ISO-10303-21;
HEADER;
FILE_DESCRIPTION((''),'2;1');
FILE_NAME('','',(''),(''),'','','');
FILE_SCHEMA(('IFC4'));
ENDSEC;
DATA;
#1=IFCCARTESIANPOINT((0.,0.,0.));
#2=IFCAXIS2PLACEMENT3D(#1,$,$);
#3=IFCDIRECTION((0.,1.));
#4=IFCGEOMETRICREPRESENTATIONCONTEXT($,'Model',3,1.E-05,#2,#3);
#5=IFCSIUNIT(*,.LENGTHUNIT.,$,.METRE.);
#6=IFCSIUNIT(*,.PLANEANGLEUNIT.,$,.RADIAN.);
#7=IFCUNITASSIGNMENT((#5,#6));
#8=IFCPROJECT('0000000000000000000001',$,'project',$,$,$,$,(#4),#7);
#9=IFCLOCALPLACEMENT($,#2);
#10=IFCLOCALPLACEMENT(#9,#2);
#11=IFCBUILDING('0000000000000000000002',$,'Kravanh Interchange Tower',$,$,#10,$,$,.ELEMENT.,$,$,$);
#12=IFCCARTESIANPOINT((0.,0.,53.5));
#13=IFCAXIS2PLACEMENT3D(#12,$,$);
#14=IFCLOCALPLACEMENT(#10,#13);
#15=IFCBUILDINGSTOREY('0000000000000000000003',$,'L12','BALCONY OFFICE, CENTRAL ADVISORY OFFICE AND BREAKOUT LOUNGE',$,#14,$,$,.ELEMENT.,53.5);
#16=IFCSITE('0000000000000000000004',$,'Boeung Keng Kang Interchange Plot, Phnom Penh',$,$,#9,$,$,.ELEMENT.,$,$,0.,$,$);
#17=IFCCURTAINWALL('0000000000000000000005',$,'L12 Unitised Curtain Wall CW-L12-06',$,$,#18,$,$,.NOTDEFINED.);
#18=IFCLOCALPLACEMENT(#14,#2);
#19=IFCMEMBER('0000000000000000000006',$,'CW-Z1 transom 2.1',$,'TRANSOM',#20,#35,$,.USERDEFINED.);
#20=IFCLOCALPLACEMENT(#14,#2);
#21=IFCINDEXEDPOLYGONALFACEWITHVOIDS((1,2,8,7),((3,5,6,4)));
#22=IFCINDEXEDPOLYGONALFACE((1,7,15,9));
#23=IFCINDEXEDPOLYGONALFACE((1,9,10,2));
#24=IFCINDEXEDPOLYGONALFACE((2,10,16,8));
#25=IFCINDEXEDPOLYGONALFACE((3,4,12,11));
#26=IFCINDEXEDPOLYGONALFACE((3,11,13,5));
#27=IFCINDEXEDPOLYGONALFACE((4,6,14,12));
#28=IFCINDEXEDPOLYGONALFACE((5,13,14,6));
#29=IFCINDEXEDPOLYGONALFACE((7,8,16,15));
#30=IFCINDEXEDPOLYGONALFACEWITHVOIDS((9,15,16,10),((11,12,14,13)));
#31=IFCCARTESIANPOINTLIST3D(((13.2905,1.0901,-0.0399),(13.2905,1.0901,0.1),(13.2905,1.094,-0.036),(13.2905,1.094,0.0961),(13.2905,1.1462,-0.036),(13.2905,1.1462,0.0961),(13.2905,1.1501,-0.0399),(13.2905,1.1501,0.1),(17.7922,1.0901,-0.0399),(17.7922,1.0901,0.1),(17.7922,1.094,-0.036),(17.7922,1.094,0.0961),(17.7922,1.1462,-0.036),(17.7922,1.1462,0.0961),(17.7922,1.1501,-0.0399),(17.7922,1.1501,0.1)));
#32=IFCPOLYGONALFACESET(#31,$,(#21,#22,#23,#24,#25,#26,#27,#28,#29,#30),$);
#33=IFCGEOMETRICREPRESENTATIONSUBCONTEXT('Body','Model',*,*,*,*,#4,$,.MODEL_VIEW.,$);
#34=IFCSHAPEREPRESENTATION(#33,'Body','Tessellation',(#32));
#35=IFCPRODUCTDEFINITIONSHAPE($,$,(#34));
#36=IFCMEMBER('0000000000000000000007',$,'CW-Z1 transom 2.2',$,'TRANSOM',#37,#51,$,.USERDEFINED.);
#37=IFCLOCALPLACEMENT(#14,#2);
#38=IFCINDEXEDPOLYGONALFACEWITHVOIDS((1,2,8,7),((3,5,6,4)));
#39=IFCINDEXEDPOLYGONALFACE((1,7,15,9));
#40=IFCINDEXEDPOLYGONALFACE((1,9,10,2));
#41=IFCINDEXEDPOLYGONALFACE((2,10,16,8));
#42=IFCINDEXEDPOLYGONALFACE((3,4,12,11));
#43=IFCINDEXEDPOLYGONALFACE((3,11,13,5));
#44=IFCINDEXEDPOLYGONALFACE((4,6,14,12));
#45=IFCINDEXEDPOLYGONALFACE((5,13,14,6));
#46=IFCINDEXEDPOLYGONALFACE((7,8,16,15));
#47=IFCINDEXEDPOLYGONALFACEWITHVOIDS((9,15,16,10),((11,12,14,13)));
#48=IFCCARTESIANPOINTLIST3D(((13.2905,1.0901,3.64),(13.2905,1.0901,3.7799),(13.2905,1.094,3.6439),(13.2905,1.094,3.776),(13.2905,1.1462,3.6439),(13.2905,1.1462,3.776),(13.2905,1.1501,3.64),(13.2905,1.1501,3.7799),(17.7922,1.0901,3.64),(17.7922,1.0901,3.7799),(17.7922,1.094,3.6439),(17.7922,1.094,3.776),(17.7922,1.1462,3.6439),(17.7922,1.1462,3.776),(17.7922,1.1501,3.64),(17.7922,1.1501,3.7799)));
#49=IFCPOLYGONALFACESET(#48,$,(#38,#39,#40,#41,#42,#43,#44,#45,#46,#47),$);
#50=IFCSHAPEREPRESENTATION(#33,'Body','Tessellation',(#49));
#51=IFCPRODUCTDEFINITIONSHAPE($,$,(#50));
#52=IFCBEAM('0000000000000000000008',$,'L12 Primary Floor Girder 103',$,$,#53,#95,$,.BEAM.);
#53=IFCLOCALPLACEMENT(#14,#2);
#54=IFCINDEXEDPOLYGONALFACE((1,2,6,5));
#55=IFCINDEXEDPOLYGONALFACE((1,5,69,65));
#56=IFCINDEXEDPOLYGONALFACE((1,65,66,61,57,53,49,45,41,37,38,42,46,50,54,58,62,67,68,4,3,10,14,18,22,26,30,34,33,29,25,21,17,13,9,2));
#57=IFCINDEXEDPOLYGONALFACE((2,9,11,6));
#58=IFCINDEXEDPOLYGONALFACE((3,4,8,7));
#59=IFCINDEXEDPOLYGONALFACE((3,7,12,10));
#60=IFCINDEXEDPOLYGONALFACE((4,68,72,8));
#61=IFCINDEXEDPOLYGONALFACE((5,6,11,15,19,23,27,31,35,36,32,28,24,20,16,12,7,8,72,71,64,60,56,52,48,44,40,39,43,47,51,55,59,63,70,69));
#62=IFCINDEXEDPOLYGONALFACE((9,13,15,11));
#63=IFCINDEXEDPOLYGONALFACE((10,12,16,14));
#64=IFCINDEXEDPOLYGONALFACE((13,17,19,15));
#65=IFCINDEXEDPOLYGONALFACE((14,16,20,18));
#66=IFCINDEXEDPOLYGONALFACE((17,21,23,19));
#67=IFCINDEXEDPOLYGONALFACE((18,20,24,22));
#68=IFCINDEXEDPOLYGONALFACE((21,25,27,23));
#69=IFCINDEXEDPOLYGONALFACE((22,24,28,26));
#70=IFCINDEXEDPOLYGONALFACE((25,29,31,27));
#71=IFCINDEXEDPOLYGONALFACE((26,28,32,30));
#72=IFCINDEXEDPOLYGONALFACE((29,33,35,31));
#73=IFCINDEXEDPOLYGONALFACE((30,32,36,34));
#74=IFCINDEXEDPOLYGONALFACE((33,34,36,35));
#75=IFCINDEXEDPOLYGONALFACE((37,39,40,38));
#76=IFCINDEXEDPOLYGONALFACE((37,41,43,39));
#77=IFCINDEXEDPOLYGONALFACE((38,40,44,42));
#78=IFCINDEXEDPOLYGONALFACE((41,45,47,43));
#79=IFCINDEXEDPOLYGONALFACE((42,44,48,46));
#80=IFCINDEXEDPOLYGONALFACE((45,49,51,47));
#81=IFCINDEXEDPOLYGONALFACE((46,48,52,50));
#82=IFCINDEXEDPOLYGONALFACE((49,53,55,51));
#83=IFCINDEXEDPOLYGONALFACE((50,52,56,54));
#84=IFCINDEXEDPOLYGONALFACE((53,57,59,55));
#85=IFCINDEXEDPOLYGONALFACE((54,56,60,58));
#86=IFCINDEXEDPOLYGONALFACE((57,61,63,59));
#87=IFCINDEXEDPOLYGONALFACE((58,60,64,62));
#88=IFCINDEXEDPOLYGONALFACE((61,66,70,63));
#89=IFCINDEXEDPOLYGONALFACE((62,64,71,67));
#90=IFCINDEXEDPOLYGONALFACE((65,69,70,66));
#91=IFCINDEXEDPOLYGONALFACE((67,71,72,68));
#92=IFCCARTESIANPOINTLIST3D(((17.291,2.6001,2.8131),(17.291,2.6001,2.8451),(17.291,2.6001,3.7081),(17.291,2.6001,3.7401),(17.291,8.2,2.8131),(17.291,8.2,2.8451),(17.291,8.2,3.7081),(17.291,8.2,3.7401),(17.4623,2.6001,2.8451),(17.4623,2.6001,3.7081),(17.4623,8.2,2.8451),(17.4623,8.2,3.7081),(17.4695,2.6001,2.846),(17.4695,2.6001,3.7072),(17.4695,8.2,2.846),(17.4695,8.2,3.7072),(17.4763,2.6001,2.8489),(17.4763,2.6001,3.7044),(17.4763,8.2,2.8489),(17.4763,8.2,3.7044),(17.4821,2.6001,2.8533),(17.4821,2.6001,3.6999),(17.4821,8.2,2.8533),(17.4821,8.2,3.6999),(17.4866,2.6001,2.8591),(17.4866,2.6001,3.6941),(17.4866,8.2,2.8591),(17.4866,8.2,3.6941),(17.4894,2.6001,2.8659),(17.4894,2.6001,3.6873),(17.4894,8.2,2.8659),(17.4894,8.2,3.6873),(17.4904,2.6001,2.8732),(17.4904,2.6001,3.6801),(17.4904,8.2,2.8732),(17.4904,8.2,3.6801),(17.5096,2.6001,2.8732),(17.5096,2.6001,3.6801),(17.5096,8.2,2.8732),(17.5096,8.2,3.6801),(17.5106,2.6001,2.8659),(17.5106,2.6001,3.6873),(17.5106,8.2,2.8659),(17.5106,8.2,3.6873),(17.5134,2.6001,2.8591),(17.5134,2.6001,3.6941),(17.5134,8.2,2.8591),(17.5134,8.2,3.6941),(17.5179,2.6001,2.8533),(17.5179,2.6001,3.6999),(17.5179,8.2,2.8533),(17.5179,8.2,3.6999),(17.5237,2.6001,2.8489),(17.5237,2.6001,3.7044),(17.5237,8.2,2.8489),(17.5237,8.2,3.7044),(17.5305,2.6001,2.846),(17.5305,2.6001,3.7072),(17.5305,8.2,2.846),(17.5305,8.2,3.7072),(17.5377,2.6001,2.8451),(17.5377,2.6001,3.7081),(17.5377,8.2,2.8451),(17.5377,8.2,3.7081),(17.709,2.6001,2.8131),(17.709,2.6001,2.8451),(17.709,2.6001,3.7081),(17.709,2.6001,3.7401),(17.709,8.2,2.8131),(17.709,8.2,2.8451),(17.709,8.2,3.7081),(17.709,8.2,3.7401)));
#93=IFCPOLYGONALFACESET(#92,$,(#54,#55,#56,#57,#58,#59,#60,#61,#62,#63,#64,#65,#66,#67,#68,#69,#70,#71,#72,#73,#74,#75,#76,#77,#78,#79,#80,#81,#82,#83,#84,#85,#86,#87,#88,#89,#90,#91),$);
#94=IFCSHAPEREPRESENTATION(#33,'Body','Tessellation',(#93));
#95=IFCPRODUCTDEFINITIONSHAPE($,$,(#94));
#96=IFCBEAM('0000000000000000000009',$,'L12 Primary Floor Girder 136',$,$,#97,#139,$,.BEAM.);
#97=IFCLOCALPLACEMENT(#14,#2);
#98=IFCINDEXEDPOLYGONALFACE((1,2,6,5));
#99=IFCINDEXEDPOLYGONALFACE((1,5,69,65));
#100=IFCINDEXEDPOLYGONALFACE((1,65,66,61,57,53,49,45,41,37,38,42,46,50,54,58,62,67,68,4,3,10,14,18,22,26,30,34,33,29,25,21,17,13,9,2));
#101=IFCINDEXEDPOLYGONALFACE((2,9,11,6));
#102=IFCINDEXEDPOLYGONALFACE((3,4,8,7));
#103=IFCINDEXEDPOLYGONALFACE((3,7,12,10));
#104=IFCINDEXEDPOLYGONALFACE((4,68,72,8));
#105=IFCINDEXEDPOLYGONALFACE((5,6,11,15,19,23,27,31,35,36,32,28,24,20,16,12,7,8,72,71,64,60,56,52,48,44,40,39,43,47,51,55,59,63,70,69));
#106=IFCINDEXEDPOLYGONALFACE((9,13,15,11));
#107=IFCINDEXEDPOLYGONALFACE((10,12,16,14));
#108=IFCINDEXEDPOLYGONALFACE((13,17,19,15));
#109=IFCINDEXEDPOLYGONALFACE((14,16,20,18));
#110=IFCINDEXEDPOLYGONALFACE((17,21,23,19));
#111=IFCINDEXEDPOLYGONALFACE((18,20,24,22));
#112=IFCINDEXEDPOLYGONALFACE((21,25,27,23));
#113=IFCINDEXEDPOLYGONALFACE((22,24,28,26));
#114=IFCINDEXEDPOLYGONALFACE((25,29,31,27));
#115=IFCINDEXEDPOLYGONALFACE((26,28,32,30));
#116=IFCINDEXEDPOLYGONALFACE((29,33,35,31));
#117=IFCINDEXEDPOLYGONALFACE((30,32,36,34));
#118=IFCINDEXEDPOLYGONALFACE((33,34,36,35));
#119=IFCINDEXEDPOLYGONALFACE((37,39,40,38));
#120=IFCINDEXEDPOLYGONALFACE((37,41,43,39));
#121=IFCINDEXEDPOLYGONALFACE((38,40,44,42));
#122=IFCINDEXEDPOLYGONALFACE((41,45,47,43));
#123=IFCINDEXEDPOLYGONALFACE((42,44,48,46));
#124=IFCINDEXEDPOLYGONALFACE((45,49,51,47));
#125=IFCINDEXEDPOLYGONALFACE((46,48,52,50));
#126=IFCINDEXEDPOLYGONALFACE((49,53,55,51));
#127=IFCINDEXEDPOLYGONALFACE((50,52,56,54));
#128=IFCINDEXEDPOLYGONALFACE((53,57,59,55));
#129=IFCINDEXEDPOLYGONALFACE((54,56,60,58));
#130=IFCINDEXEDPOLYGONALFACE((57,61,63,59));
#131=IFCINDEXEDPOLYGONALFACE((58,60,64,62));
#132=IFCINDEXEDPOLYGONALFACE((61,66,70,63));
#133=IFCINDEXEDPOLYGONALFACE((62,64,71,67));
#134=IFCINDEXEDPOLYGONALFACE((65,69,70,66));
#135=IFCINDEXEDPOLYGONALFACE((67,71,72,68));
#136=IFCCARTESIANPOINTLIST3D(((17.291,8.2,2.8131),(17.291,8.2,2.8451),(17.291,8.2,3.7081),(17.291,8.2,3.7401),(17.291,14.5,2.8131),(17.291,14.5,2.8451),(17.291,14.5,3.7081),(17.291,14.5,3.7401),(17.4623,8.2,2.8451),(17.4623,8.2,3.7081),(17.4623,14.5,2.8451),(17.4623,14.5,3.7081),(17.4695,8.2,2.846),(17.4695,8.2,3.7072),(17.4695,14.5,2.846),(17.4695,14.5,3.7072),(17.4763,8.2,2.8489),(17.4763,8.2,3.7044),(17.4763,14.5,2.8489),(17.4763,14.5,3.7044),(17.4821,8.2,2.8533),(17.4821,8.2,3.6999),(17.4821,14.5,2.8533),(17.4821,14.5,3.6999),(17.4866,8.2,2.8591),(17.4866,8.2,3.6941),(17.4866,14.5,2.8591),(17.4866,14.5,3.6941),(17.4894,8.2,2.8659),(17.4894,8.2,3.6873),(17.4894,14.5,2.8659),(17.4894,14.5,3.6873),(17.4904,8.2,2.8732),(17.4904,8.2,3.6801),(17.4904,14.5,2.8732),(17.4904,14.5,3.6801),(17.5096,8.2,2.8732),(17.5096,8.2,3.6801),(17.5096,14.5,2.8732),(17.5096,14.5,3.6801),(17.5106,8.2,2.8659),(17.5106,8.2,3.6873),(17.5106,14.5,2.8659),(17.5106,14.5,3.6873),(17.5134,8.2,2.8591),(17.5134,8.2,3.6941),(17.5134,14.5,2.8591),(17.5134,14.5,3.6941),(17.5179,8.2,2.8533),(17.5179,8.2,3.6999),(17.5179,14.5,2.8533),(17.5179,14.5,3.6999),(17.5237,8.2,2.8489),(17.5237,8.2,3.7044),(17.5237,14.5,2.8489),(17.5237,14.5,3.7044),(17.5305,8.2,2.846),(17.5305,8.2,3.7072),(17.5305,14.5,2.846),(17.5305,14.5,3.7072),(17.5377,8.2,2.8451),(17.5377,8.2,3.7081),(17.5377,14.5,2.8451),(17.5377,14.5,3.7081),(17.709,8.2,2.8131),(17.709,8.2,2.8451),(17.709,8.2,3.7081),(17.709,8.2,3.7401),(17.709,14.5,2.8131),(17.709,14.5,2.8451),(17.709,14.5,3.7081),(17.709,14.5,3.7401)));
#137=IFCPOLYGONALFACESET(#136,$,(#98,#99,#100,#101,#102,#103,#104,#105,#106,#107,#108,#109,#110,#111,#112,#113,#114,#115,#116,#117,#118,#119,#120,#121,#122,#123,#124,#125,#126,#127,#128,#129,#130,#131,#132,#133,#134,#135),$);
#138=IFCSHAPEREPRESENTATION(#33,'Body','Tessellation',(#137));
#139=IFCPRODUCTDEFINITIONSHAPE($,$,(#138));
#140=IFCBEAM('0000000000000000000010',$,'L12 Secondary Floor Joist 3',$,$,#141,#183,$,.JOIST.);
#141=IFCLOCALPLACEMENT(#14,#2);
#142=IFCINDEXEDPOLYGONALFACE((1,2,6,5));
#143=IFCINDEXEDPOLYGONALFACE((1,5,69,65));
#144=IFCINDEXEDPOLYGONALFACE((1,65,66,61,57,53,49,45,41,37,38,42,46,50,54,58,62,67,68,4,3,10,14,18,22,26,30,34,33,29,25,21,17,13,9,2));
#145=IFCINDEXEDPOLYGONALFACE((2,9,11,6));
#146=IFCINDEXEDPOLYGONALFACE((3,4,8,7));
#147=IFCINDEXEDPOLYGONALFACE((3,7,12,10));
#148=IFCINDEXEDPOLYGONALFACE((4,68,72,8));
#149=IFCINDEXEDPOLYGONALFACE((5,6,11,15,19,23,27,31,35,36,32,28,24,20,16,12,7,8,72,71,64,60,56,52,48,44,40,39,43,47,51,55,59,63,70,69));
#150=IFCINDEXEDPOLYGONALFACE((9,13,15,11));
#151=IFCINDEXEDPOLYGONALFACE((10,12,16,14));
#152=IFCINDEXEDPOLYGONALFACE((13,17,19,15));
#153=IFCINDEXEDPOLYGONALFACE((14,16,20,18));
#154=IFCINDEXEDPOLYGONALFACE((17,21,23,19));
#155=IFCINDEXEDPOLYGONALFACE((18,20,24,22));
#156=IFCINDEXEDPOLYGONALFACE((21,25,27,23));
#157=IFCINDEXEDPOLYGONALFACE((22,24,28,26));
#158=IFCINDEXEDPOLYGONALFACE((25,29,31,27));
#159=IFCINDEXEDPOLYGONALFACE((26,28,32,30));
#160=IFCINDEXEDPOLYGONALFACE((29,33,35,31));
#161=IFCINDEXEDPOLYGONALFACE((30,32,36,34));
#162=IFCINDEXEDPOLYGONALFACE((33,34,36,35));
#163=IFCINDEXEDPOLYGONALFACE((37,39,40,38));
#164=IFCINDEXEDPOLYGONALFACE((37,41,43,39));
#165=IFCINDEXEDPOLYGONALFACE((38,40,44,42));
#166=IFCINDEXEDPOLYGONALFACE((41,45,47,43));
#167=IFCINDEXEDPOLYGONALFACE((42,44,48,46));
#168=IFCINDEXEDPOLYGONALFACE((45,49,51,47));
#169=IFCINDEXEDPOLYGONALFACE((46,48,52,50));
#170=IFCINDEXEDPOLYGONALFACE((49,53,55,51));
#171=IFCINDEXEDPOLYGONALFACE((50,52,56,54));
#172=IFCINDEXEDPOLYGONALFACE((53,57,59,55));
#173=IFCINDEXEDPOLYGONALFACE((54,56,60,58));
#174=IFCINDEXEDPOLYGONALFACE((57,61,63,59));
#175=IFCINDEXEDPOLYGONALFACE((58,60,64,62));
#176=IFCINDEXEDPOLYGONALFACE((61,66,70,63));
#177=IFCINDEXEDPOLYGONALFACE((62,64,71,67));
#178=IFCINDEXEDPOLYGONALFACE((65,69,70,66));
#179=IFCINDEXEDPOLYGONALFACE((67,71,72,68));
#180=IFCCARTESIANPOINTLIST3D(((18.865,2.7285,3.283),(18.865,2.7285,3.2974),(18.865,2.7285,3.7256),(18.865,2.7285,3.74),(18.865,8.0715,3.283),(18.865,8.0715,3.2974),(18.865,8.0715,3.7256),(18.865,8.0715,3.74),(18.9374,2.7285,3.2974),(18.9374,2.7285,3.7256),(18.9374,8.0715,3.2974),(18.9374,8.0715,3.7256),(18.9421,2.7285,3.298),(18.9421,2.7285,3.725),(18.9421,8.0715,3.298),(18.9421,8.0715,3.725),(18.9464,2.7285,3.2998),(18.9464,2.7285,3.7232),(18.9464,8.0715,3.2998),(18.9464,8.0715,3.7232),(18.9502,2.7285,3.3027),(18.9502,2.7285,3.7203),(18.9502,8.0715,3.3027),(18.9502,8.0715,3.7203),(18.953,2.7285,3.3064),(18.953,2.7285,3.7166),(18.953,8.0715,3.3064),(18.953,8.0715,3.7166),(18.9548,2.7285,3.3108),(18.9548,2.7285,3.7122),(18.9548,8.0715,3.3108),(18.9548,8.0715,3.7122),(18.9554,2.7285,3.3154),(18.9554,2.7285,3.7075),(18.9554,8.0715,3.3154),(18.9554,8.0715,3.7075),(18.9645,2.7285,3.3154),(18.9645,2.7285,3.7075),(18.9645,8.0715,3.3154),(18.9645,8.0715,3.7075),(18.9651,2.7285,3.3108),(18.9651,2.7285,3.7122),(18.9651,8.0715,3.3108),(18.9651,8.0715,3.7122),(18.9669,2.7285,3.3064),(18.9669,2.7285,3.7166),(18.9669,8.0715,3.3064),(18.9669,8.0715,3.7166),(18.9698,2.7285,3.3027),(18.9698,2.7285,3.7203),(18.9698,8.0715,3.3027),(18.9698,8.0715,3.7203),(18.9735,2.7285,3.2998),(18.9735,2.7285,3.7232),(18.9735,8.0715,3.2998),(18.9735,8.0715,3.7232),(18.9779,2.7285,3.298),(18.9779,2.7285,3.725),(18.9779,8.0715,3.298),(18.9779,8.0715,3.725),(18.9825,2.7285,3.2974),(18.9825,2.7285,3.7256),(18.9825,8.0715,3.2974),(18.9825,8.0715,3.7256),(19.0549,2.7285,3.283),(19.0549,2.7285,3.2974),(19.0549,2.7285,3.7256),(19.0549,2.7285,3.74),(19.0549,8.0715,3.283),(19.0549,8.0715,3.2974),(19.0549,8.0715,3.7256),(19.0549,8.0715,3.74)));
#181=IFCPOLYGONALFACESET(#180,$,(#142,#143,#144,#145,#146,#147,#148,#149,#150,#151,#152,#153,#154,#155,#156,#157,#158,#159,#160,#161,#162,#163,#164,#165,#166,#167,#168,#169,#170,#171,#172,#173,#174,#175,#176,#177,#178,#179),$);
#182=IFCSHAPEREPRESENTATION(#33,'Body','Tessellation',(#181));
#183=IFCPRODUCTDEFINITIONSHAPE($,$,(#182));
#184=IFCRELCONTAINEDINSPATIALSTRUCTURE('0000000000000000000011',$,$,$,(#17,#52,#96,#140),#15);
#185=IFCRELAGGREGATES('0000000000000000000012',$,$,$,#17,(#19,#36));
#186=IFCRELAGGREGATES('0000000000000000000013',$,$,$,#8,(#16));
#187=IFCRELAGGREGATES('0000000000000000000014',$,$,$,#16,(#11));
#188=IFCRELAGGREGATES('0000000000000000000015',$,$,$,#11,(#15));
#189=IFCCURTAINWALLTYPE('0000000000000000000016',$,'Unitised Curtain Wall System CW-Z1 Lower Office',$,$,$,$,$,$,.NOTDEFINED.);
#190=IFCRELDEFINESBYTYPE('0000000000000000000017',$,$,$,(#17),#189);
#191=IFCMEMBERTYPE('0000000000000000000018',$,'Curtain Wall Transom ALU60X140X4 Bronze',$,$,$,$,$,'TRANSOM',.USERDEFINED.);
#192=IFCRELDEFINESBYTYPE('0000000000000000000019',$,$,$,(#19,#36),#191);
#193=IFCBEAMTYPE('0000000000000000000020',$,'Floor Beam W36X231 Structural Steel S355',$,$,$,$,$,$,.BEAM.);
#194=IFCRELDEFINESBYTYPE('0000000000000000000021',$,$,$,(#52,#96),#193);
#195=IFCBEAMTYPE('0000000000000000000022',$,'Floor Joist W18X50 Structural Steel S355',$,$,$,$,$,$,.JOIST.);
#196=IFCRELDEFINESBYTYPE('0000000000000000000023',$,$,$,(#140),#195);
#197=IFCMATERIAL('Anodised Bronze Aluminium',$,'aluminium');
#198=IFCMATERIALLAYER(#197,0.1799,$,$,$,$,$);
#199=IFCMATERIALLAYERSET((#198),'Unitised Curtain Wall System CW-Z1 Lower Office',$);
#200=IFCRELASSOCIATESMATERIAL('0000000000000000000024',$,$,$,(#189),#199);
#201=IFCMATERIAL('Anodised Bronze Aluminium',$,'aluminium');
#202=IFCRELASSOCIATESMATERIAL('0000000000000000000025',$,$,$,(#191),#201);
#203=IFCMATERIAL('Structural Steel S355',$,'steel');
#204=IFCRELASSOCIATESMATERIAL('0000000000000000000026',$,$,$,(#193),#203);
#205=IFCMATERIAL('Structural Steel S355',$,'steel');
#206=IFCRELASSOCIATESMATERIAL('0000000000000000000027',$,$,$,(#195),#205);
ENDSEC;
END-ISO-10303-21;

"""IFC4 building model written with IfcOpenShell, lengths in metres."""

from ifc_helpers import new_model, si_unit, direction, frame, origin, origin_2d, place, context, subcontext, project, spatial, hollow_rectangle, i_section, extrude, material, layer, layer_set, material_profile, profile_set, type_object, element, aggregate, save


model = new_model("IFC4")

# Units and contexts
model_context = context("Model", 3, precision=1e-05, world=origin(), true_north=direction((0.0, 1.0)))
body_context = subcontext(model_context, "Body", "Model", "MODEL_VIEW")
ifc_project = project(units=[si_unit("LENGTHUNIT", "METRE"), si_unit("PLANEANGLEUNIT", "RADIAN")], contexts=[model_context])

# Site, building, storey
site_placement = place(None, origin())
site = spatial("IfcSite", under=ifc_project, at=site_placement, Name="Boeung Keng Kang Interchange Plot, Phnom Penh", CompositionType="ELEMENT", RefElevation=0.0)
building_placement = place(site_placement, origin())
building = spatial("IfcBuilding", under=site, at=building_placement, Name="Kravanh Interchange Tower", CompositionType="ELEMENT")
storey_placement = place(building_placement, frame((0.0, 0.0, 53.5)))
storey = spatial("IfcBuildingStorey", under=building, at=storey_placement, Name="L12", Description="BALCONY OFFICE, CENTRAL ADVISORY OFFICE AND BREAKOUT LOUNGE", CompositionType="ELEMENT", Elevation=53.5)

# Curtain wall, members
ifc_material_1 = material(Name="Anodised Bronze Aluminium", Category="aluminium")
ifc_layer_1 = layer(ifc_material_1, 0.1799)
ifc_layer_set_1 = layer_set([ifc_layer_1], Name="Unitised Curtain Wall System CW-Z1 Lower Office")
curtain_wall_type = type_object("IfcCurtainWallType", Name="Unitised Curtain Wall System CW-Z1 Lower Office", PredefinedType="NOTDEFINED", material=ifc_layer_set_1)
curtain_wall_placement = place(storey_placement, origin())
curtain_wall = element("IfcCurtainWall", 1, at=curtain_wall_placement, inside=storey, type_object=curtain_wall_type, Name="L12 Unitised Curtain Wall CW-L12-06", PredefinedType="NOTDEFINED")
ifc_material_2 = material(Name="Anodised Bronze Aluminium", Category="aluminium")
ifc_material_profile_1 = material_profile(ifc_material_2, hollow_rectangle(XDim=0.0601, YDim=0.1399, WallThickness=0.0039, at=origin_2d()), Name="ALU60X140X4")
ifc_profile_set_1 = profile_set([ifc_material_profile_1], Name="Anodised Bronze Aluminium")
member_type_1 = type_object("IfcMemberType", Name="Curtain Wall Transom ALU60X140X4 Bronze", ElementType="TRANSOM", PredefinedType="USERDEFINED", material=ifc_profile_set_1)
member_1_placement = place(storey_placement, frame((17.7922, 1.1201, 0.03), z_axis=(-1.0, 0.0, 0.0), x_axis=(0.0, -1.0, 0.0)))
member_1 = element("IfcMember", 2, at=member_1_placement, type_object=member_type_1, Name="CW-Z1 transom 2.1", ObjectType="TRANSOM", PredefinedType="USERDEFINED", context=body_context, shape_type="SweptSolid", body=[
    extrude(hollow_rectangle(XDim=0.0601, YDim=0.1399, WallThickness=0.0039, at=origin_2d()), origin(), (0.0, 0.0, 1.0), 4.5017),
])
member_2_placement = place(storey_placement, frame((17.7922, 1.1201, 3.71), z_axis=(-1.0, 0.0, 0.0), x_axis=(0.0, -1.0, 0.0)))
member_2 = element("IfcMember", 3, at=member_2_placement, type_object=member_type_1, Name="CW-Z1 transom 2.2", ObjectType="TRANSOM", PredefinedType="USERDEFINED", context=body_context, shape_type="SweptSolid", body=[
    extrude(hollow_rectangle(XDim=0.0601, YDim=0.1399, WallThickness=0.0039, at=origin_2d()), origin(), (0.0, 0.0, 1.0), 4.5017),
])

# Beams
ifc_material_3 = material(Name="Structural Steel S355", Category="steel")
ifc_material_profile_2 = material_profile(ifc_material_3, i_section(OverallWidth=0.418, OverallDepth=0.927, WebThickness=0.0193, FlangeThickness=0.032, FilletRadius=0.0281, at=origin_2d()), Name="W36X231")
ifc_profile_set_2 = profile_set([ifc_material_profile_2], Name="Structural Steel S355")
beam_type_1 = type_object("IfcBeamType", Name="Floor Beam W36X231 Structural Steel S355", PredefinedType="BEAM", material=ifc_profile_set_2)
beam_1_placement = place(storey_placement, frame((17.5, 2.6001, 3.2766), z_axis=(0.0, 1.0, 0.0), x_axis=(-1.0, 0.0, 0.0)))
element("IfcBeam", 4, at=beam_1_placement, inside=storey, type_object=beam_type_1, Name="L12 Primary Floor Girder 103", PredefinedType="BEAM", context=body_context, shape_type="SweptSolid", body=[
    extrude(i_section(OverallWidth=0.418, OverallDepth=0.927, WebThickness=0.0193, FlangeThickness=0.032, FilletRadius=0.0281, at=origin_2d()), origin(), (0.0, 0.0, 1.0), 5.5999),
])
beam_2_placement = place(storey_placement, frame((17.5, 8.2, 3.2766), z_axis=(0.0, 1.0, 0.0), x_axis=(-1.0, 0.0, 0.0)))
element("IfcBeam", 5, at=beam_2_placement, inside=storey, type_object=beam_type_1, Name="L12 Primary Floor Girder 136", PredefinedType="BEAM", context=body_context, shape_type="SweptSolid", body=[
    extrude(i_section(OverallWidth=0.418, OverallDepth=0.927, WebThickness=0.0193, FlangeThickness=0.032, FilletRadius=0.0281, at=origin_2d()), origin(), (0.0, 0.0, 1.0), 6.3),
])
ifc_material_4 = material(Name="Structural Steel S355", Category="steel")
ifc_material_profile_3 = material_profile(ifc_material_4, i_section(OverallWidth=0.1899, OverallDepth=0.457, WebThickness=0.009, FlangeThickness=0.0144, FilletRadius=0.0181, at=origin_2d()), Name="W18X50")
ifc_profile_set_3 = profile_set([ifc_material_profile_3], Name="Structural Steel S355")
beam_type_2 = type_object("IfcBeamType", Name="Floor Joist W18X50 Structural Steel S355", PredefinedType="JOIST", material=ifc_profile_set_3)
beam_3_placement = place(storey_placement, frame((18.96, 2.7285, 3.5115), z_axis=(0.0, 1.0, 0.0), x_axis=(-1.0, 0.0, 0.0)))
element("IfcBeam", 6, at=beam_3_placement, inside=storey, type_object=beam_type_2, Name="L12 Secondary Floor Joist 3", PredefinedType="JOIST", context=body_context, shape_type="SweptSolid", body=[
    extrude(i_section(OverallWidth=0.1899, OverallDepth=0.457, WebThickness=0.009, FlangeThickness=0.0144, FilletRadius=0.0181, at=origin_2d()), origin(), (0.0, 0.0, 1.0), 5.343),
])

aggregate(curtain_wall, [member_1, member_2])

save(model, "model.ifc")
